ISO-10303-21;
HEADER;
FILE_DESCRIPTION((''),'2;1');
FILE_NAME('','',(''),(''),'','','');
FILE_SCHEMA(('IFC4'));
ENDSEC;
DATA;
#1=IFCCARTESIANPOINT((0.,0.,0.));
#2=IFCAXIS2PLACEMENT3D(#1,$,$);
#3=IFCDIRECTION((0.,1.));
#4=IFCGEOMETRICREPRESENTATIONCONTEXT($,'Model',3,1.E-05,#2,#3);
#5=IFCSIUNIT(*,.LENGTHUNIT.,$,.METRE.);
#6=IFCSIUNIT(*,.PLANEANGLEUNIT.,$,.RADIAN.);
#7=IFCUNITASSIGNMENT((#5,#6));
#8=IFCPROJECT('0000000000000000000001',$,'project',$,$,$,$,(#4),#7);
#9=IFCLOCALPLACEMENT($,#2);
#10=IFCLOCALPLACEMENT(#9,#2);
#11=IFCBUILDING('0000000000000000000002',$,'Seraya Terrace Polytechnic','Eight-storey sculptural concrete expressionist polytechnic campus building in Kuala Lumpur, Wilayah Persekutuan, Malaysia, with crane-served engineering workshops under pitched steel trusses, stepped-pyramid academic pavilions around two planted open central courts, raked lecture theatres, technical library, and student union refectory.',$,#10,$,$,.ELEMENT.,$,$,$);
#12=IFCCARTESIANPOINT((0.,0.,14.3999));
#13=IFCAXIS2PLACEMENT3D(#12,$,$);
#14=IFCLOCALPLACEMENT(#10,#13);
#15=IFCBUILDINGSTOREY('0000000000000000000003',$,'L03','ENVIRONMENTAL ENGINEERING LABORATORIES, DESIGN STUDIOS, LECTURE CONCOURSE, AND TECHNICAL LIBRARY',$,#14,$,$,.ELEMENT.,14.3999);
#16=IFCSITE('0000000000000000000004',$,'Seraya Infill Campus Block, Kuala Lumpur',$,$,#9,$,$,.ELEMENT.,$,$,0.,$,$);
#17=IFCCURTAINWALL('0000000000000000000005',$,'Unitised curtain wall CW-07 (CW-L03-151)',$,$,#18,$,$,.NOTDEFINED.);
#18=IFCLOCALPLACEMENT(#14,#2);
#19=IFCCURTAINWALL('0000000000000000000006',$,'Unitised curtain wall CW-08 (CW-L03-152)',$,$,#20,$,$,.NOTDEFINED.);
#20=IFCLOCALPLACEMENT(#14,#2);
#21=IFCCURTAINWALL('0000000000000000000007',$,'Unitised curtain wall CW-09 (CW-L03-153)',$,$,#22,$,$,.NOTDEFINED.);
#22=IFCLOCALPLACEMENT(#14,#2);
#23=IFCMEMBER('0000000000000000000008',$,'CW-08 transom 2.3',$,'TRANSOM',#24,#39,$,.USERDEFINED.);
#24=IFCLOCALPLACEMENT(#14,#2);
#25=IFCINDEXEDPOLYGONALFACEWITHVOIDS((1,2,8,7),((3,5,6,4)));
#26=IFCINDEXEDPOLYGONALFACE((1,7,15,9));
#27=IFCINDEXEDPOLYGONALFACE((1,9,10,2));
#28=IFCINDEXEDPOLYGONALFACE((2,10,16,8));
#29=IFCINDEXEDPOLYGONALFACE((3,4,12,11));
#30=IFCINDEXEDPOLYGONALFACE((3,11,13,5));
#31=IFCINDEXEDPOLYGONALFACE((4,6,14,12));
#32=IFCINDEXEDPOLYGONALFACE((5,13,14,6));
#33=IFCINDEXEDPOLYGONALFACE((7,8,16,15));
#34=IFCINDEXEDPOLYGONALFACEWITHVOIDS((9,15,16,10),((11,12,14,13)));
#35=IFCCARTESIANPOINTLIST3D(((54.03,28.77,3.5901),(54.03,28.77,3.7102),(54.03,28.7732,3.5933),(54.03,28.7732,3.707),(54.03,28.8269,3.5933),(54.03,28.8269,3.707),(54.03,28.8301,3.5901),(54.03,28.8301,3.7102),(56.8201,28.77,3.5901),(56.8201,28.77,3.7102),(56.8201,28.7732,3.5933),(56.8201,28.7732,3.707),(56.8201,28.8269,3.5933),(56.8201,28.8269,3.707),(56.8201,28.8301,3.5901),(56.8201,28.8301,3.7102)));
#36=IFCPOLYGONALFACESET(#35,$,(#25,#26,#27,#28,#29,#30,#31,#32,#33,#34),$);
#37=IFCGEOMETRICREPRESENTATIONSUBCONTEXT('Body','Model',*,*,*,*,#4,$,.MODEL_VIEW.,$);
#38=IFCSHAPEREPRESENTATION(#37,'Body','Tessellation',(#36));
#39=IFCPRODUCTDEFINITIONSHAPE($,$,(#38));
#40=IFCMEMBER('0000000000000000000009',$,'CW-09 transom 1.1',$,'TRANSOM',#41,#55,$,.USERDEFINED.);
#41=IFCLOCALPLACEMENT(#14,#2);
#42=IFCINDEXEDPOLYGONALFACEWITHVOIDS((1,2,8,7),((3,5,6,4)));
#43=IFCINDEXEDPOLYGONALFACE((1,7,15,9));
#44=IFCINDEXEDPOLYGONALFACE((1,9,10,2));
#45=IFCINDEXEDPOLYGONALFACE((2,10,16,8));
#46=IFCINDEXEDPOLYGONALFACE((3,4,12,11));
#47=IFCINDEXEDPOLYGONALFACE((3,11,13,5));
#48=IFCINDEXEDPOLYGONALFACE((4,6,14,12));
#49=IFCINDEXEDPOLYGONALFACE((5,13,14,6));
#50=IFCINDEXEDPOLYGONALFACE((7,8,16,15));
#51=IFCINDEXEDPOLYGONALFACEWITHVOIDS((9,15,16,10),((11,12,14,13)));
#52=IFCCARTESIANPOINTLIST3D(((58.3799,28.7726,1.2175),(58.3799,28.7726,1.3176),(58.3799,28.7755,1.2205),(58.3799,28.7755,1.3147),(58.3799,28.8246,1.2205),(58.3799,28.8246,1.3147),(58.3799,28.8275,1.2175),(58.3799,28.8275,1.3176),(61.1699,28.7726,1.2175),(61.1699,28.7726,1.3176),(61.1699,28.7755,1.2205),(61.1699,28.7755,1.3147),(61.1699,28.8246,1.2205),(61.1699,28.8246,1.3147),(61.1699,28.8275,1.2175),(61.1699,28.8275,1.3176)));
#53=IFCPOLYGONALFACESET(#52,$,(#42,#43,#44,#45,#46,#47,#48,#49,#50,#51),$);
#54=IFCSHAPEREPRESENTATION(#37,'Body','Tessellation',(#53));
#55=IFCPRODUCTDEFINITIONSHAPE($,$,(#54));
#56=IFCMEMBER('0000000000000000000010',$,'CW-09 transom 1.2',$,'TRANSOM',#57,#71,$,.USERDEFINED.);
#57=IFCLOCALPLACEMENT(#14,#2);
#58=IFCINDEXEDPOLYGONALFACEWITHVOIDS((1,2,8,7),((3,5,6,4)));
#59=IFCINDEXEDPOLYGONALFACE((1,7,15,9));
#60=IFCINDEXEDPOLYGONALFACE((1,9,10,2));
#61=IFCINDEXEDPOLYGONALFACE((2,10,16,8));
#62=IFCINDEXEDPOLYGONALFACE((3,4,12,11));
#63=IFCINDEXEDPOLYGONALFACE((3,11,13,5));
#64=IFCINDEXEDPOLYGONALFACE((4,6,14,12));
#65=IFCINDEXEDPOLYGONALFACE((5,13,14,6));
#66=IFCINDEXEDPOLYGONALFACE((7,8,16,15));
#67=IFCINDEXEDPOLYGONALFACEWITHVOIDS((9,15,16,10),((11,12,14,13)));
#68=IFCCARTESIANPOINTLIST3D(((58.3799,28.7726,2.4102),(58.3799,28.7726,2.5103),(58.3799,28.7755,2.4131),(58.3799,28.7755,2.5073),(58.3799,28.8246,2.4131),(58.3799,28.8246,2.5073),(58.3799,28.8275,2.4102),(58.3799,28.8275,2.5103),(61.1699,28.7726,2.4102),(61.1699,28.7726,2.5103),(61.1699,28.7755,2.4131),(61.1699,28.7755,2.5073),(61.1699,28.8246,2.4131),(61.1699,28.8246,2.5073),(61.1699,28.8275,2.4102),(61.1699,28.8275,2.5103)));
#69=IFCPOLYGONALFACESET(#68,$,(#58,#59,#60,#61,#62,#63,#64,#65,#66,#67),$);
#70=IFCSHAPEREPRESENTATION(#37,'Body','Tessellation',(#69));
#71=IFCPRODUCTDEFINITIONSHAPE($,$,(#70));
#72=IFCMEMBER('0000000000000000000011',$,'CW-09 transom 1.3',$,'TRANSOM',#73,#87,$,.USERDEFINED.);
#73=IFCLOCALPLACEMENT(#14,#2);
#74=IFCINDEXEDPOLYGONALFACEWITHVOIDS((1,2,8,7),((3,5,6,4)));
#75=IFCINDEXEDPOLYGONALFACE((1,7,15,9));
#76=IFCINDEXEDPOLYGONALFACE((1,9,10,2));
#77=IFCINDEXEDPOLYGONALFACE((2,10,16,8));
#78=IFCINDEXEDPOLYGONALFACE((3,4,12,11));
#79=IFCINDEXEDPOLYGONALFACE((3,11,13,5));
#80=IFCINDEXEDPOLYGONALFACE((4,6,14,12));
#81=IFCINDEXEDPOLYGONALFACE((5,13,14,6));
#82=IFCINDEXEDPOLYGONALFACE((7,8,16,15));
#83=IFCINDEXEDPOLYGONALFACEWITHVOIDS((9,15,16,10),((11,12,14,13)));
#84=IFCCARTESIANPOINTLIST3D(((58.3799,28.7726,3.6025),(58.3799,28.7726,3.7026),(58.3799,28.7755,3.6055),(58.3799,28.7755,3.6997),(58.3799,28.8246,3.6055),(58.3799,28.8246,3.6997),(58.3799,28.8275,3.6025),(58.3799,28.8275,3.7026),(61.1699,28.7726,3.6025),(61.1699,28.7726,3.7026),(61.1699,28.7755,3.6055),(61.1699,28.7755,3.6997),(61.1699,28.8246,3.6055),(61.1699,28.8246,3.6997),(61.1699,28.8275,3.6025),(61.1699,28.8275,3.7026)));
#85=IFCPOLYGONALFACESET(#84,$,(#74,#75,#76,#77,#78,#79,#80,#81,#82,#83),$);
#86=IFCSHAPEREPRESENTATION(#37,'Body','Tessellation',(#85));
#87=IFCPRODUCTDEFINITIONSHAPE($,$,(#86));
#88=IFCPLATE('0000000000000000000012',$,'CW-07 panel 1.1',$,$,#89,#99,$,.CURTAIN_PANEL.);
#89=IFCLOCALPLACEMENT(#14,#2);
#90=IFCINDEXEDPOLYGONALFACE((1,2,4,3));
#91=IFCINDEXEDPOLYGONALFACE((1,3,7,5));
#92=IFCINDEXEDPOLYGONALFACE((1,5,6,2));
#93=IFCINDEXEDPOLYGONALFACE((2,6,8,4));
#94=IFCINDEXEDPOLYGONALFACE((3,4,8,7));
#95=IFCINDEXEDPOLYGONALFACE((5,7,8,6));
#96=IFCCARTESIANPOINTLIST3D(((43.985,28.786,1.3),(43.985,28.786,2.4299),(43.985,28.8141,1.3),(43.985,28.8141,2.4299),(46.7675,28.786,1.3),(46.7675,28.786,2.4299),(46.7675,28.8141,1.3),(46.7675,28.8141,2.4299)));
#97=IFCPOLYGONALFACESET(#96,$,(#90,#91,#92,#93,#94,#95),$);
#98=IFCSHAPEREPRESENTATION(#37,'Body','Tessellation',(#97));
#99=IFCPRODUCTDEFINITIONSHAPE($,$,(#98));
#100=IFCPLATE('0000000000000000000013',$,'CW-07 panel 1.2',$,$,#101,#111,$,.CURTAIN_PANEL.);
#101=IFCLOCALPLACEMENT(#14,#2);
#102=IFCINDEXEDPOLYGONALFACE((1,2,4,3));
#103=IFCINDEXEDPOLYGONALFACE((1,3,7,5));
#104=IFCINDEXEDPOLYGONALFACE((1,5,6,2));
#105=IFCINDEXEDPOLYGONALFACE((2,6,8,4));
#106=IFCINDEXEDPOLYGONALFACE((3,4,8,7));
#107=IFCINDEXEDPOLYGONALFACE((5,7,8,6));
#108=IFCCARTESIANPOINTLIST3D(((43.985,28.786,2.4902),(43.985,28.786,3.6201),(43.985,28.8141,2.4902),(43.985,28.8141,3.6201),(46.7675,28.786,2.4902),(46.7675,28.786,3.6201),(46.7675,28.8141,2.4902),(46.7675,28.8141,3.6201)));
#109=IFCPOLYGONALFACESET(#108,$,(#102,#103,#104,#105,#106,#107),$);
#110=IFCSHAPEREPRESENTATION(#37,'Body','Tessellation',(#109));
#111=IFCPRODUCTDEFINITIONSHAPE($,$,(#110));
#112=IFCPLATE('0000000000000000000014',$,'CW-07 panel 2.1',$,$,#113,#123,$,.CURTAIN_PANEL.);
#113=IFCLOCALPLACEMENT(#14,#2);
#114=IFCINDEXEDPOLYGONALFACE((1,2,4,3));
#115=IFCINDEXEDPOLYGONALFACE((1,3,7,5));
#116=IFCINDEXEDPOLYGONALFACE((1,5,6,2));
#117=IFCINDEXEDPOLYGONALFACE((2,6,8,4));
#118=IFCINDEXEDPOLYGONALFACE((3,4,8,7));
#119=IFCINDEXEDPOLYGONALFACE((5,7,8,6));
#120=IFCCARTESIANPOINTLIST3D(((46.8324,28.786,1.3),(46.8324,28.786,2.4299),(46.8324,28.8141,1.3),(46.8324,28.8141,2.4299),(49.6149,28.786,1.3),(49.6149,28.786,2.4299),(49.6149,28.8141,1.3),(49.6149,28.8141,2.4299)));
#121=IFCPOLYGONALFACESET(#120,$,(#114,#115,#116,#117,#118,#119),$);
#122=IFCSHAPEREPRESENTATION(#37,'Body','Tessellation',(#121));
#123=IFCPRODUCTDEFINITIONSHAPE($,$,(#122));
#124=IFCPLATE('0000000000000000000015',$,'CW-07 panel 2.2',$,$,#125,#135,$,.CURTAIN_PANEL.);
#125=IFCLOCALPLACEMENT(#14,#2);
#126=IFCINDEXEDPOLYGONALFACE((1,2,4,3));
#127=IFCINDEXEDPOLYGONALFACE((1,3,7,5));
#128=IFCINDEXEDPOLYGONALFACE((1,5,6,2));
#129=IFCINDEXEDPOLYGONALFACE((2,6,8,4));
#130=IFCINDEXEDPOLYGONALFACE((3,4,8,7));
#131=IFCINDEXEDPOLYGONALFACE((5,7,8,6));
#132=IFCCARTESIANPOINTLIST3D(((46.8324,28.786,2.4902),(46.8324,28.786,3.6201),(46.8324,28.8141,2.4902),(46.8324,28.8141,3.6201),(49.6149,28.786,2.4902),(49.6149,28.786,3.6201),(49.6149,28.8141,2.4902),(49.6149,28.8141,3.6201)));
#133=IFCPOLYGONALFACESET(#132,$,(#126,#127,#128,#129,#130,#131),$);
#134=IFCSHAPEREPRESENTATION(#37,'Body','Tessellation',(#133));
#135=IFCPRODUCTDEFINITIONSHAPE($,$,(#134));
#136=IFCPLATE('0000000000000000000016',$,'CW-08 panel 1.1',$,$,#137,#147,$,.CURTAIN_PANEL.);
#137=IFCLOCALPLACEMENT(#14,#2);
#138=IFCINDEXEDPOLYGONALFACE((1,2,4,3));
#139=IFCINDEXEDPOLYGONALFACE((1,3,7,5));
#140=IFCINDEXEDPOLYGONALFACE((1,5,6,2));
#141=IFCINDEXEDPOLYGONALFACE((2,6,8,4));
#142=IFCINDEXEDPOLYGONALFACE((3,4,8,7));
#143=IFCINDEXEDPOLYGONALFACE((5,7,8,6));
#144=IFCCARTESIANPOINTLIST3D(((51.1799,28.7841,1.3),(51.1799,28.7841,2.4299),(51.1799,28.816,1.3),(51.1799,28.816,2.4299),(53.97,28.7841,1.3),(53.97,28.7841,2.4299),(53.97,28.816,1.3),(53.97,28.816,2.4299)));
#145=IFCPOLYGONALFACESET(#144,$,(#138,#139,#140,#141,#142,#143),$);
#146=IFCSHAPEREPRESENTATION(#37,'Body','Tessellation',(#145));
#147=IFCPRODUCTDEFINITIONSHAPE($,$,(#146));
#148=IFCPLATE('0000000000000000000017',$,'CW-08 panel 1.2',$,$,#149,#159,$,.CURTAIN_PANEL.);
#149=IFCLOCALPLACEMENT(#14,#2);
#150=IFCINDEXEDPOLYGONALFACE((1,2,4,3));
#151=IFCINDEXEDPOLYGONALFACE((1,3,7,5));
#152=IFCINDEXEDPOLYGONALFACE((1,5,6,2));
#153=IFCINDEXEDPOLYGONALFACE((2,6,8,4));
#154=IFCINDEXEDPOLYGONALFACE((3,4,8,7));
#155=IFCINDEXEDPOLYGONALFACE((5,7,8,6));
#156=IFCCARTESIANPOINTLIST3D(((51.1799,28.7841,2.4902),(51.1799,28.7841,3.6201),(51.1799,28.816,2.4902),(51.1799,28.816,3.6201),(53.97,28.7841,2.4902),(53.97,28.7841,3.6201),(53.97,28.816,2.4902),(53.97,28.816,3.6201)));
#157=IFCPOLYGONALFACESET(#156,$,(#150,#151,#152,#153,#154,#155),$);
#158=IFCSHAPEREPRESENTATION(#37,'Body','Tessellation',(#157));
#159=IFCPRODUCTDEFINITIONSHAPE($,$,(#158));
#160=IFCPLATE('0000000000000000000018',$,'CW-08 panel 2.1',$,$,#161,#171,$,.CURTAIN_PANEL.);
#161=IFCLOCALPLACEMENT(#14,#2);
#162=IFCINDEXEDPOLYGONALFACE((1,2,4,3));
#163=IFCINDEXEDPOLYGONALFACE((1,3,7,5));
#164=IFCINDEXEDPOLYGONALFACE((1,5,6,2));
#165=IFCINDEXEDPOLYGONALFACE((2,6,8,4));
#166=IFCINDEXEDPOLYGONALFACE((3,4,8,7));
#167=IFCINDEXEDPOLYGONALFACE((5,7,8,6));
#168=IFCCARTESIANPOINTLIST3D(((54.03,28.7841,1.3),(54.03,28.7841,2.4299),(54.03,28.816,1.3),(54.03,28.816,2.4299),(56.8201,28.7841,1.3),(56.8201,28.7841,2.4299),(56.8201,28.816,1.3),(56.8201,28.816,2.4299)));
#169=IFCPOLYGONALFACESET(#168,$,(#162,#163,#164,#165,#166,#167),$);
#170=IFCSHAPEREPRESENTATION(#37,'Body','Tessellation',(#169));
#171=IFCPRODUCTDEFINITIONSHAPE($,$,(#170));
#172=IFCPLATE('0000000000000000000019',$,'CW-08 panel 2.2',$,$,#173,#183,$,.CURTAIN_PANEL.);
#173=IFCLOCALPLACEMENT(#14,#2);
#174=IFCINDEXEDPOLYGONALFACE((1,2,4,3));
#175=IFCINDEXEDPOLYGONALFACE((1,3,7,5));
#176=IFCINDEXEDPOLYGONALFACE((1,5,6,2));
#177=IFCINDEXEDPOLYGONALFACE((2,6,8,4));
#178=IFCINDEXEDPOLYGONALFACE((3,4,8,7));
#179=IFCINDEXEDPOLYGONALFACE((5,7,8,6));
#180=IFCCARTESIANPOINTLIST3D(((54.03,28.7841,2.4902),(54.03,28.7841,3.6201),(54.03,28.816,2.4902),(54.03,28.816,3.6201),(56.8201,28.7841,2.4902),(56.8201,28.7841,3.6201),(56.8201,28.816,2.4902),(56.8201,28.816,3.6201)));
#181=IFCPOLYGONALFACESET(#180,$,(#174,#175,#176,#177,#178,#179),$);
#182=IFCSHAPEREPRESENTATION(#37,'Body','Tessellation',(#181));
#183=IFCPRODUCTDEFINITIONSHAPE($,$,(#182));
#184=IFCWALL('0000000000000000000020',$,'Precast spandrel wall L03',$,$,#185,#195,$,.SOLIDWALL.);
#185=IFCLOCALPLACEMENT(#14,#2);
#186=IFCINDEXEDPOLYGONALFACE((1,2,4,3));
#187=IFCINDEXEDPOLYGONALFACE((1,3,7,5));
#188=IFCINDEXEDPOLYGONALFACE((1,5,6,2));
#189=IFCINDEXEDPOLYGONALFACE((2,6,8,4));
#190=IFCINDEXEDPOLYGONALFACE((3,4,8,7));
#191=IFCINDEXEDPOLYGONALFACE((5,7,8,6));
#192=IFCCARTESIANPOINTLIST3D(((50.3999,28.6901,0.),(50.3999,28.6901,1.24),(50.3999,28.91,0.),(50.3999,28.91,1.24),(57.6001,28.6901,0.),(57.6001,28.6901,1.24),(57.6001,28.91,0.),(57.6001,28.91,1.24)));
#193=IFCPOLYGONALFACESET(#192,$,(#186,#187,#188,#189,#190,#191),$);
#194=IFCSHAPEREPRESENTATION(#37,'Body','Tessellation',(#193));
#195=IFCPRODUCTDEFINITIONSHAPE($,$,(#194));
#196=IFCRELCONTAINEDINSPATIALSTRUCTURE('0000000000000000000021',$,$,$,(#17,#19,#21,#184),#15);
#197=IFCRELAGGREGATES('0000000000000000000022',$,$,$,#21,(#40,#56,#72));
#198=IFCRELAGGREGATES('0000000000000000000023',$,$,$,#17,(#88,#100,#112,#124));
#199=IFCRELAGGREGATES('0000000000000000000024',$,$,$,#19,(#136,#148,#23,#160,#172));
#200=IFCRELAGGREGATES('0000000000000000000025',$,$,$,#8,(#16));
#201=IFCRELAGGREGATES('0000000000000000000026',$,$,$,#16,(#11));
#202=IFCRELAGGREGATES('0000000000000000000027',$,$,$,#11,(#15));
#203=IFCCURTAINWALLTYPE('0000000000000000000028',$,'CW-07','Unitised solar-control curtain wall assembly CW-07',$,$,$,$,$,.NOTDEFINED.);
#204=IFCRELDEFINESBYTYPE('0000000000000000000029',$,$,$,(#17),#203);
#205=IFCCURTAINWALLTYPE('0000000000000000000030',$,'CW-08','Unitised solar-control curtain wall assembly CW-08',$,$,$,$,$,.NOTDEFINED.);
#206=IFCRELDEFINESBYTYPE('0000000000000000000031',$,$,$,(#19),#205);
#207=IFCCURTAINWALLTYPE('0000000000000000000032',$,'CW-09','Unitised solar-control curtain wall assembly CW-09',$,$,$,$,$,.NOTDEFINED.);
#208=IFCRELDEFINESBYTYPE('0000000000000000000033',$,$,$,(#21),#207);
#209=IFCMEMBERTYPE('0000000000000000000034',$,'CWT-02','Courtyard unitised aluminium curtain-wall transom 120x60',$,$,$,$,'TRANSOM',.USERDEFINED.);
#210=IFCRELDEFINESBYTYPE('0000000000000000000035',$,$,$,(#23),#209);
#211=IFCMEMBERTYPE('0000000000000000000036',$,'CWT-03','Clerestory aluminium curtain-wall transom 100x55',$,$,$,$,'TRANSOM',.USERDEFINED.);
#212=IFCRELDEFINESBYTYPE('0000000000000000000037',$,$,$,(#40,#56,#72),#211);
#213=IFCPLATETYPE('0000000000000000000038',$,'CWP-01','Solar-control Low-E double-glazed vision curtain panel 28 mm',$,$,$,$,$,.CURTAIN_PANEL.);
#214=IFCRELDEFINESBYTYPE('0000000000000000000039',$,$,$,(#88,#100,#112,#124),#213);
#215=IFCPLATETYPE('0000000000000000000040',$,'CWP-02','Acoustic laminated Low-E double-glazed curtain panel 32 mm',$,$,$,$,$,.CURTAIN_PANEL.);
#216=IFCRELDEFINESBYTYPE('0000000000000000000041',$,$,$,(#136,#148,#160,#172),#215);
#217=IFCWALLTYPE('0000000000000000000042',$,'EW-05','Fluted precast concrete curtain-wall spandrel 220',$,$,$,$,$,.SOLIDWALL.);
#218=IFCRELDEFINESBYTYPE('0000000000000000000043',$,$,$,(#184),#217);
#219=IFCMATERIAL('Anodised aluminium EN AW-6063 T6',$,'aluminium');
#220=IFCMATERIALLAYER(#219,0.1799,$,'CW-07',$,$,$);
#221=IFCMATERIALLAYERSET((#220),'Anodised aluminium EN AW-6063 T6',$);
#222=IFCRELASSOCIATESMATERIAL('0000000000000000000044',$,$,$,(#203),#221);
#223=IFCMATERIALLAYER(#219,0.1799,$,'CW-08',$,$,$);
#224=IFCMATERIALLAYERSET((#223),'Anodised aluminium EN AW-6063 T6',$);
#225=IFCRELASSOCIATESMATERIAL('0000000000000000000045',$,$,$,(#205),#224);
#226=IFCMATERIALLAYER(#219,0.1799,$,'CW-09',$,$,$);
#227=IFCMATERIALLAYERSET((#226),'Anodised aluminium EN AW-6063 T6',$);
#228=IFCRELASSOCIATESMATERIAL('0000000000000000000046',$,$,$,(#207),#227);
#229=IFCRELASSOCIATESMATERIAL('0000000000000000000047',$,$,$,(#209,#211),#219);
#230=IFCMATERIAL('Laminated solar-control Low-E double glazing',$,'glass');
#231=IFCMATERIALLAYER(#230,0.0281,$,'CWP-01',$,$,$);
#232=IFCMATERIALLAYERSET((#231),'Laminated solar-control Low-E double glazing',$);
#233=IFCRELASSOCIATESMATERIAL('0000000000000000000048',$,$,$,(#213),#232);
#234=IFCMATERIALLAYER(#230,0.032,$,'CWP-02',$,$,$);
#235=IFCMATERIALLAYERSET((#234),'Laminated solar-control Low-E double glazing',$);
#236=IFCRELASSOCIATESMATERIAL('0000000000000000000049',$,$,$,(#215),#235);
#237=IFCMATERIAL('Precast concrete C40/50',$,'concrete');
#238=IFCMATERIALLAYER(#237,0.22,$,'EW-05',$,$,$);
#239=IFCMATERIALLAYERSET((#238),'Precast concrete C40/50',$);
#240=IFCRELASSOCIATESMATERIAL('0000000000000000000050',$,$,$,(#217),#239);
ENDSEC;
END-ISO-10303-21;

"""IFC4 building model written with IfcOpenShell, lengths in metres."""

from ifc_helpers import new_model, si_unit, direction, frame, frame_2d, origin, origin_2d, place, context, subcontext, project, spatial, rectangle, hollow_rectangle, extrude, material, layer, layer_set, material_profile, profile_set, type_object, element, aggregate, save


model = new_model("IFC4")

# Units and contexts
model_context = context("Model", 3, precision=1e-05, world=origin(), true_north=direction((0.0, 1.0)))
body_context = subcontext(model_context, "Body", "Model", "MODEL_VIEW")
ifc_project = project(units=[si_unit("LENGTHUNIT", "METRE"), si_unit("PLANEANGLEUNIT", "RADIAN")], contexts=[model_context])

# Site, building, storey
site_placement = place(None, origin())
site = spatial("IfcSite", under=ifc_project, at=site_placement, Name="Seraya Infill Campus Block, Kuala Lumpur", CompositionType="ELEMENT", RefElevation=0.0)
building_placement = place(site_placement, origin())
building = spatial("IfcBuilding", under=site, at=building_placement, Name="Seraya Terrace Polytechnic", Description="Eight-storey sculptural concrete expressionist polytechnic campus building in Kuala Lumpur, Wilayah Persekutuan, Malaysia, with crane-served engineering workshops under pitched steel trusses, stepped-pyramid academic pavilions around two planted open central courts, raked lecture theatres, technical library, and student union refectory.", CompositionType="ELEMENT")
storey_placement = place(building_placement, frame((0.0, 0.0, 14.3999)))
storey = spatial("IfcBuildingStorey", under=building, at=storey_placement, Name="L03", Description="ENVIRONMENTAL ENGINEERING LABORATORIES, DESIGN STUDIOS, LECTURE CONCOURSE, AND TECHNICAL LIBRARY", CompositionType="ELEMENT", Elevation=14.3999)

# Curtain walls
ifc_material_1 = material(Name="Anodised aluminium EN AW-6063 T6", Category="aluminium")
ifc_layer_1 = layer(ifc_material_1, 0.1799, Name="CW-07")
ifc_layer_set_1 = layer_set([ifc_layer_1], Name="Anodised aluminium EN AW-6063 T6")
curtain_wall_type_1 = type_object("IfcCurtainWallType", Name="CW-07", Description="Unitised solar-control curtain wall assembly CW-07", PredefinedType="NOTDEFINED", material=ifc_layer_set_1)
curtain_wall_1_placement = place(storey_placement, origin())
curtain_wall_1 = element("IfcCurtainWall", 1, at=curtain_wall_1_placement, inside=storey, type_object=curtain_wall_type_1, Name="Unitised curtain wall CW-07 (CW-L03-151)", PredefinedType="NOTDEFINED")
ifc_layer_2 = layer(ifc_material_1, 0.1799, Name="CW-08")
ifc_layer_set_2 = layer_set([ifc_layer_2], Name="Anodised aluminium EN AW-6063 T6")
curtain_wall_type_2 = type_object("IfcCurtainWallType", Name="CW-08", Description="Unitised solar-control curtain wall assembly CW-08", PredefinedType="NOTDEFINED", material=ifc_layer_set_2)
curtain_wall_2_placement = place(storey_placement, origin())
curtain_wall_2 = element("IfcCurtainWall", 2, at=curtain_wall_2_placement, inside=storey, type_object=curtain_wall_type_2, Name="Unitised curtain wall CW-08 (CW-L03-152)", PredefinedType="NOTDEFINED")

# Curtain wall
ifc_layer_3 = layer(ifc_material_1, 0.1799, Name="CW-09")
ifc_layer_set_3 = layer_set([ifc_layer_3], Name="Anodised aluminium EN AW-6063 T6")
curtain_wall_type_3 = type_object("IfcCurtainWallType", Name="CW-09", Description="Unitised solar-control curtain wall assembly CW-09", PredefinedType="NOTDEFINED", material=ifc_layer_set_3)
curtain_wall_3_placement = place(storey_placement, origin())
curtain_wall_3 = element("IfcCurtainWall", 3, at=curtain_wall_3_placement, inside=storey, type_object=curtain_wall_type_3, Name="Unitised curtain wall CW-09 (CW-L03-153)", PredefinedType="NOTDEFINED")

# Members
ifc_material_profile_1 = material_profile(ifc_material_1, hollow_rectangle(XDim=0.0601, YDim=0.1201, WallThickness=0.0032, at=origin_2d()), Name="RHS 120x60x3.2")
ifc_profile_set_1 = profile_set([ifc_material_profile_1], Name="Anodised aluminium EN AW-6063 T6")
member_type_1 = type_object("IfcMemberType", Name="CWT-02", Description="Courtyard unitised aluminium curtain-wall transom 120x60", ElementType="TRANSOM", PredefinedType="USERDEFINED", material=ifc_profile_set_1)
member_1_placement = place(storey_placement, frame((54.03, 28.8, 3.6501), z_axis=(1.0, 0.0, 0.0), x_axis=(0.0, 1.0, 0.0)))
member_1 = element("IfcMember", 4, at=member_1_placement, type_object=member_type_1, Name="CW-08 transom 2.3", ObjectType="TRANSOM", PredefinedType="USERDEFINED", context=body_context, shape_type="SweptSolid", body=[
    extrude(hollow_rectangle(XDim=0.0601, YDim=0.1201, WallThickness=0.0032, at=origin_2d()), origin(), (0.0, 0.0, 1.0), 2.79),
])
ifc_material_profile_2 = material_profile(ifc_material_1, hollow_rectangle(XDim=0.0549, YDim=0.1001, WallThickness=0.0029, at=origin_2d()), Name="RHS 100x55x3.0")
ifc_profile_set_2 = profile_set([ifc_material_profile_2], Name="Anodised aluminium EN AW-6063 T6")
member_type_2 = type_object("IfcMemberType", Name="CWT-03", Description="Clerestory aluminium curtain-wall transom 100x55", ElementType="TRANSOM", PredefinedType="USERDEFINED", material=ifc_profile_set_2)
member_2_placement = place(storey_placement, frame((58.3799, 28.8, 1.2676), z_axis=(1.0, 0.0, 0.0), x_axis=(0.0, 1.0, 0.0)))
member_2 = element("IfcMember", 5, at=member_2_placement, type_object=member_type_2, Name="CW-09 transom 1.1", ObjectType="TRANSOM", PredefinedType="USERDEFINED", context=body_context, shape_type="SweptSolid", body=[
    extrude(hollow_rectangle(XDim=0.0549, YDim=0.1001, WallThickness=0.0029, at=origin_2d()), origin(), (0.0, 0.0, 1.0), 2.79),
])
member_3_placement = place(storey_placement, frame((58.3799, 28.8, 2.4602), z_axis=(1.0, 0.0, 0.0), x_axis=(0.0, 1.0, 0.0)))
member_3 = element("IfcMember", 6, at=member_3_placement, type_object=member_type_2, Name="CW-09 transom 1.2", ObjectType="TRANSOM", PredefinedType="USERDEFINED", context=body_context, shape_type="SweptSolid", body=[
    extrude(hollow_rectangle(XDim=0.0549, YDim=0.1001, WallThickness=0.0029, at=origin_2d()), origin(), (0.0, 0.0, 1.0), 2.79),
])
member_4_placement = place(storey_placement, frame((58.3799, 28.8, 3.6526), z_axis=(1.0, 0.0, 0.0), x_axis=(0.0, 1.0, 0.0)))
member_4 = element("IfcMember", 7, at=member_4_placement, type_object=member_type_2, Name="CW-09 transom 1.3", ObjectType="TRANSOM", PredefinedType="USERDEFINED", context=body_context, shape_type="SweptSolid", body=[
    extrude(hollow_rectangle(XDim=0.0549, YDim=0.1001, WallThickness=0.0029, at=origin_2d()), origin(), (0.0, 0.0, 1.0), 2.79),
])
aggregate(curtain_wall_3, [member_2, member_3, member_4])

# Plates
ifc_material_2 = material(Name="Laminated solar-control Low-E double glazing", Category="glass")
ifc_layer_4 = layer(ifc_material_2, 0.0281, Name="CWP-01")
ifc_layer_set_4 = layer_set([ifc_layer_4], Name="Laminated solar-control Low-E double glazing")
plate_type_1 = type_object("IfcPlateType", Name="CWP-01", Description="Solar-control Low-E double-glazed vision curtain panel 28 mm", PredefinedType="CURTAIN_PANEL", material=ifc_layer_set_4)
plate_1_placement = place(storey_placement, frame((45.3762, 28.8, 1.3), z_axis=(0.0, 0.0, 1.0), x_axis=(1.0, 0.0, 0.0)))
plate_1 = element("IfcPlate", 8, at=plate_1_placement, type_object=plate_type_1, Name="CW-07 panel 1.1", PredefinedType="CURTAIN_PANEL", context=body_context, shape_type="SweptSolid", body=[
    extrude(rectangle(XDim=2.7825, YDim=0.0281, at=origin_2d()), origin(), (0.0, 0.0, 1.0), 1.1299),
])
plate_2_placement = place(storey_placement, frame((45.3762, 28.8, 2.4902), z_axis=(0.0, 0.0, 1.0), x_axis=(1.0, 0.0, 0.0)))
plate_2 = element("IfcPlate", 9, at=plate_2_placement, type_object=plate_type_1, Name="CW-07 panel 1.2", PredefinedType="CURTAIN_PANEL", context=body_context, shape_type="SweptSolid", body=[
    extrude(rectangle(XDim=2.7825, YDim=0.0281, at=origin_2d()), origin(), (0.0, 0.0, 1.0), 1.1299),
])
plate_3_placement = place(storey_placement, frame((48.2236, 28.8, 1.3), z_axis=(0.0, 0.0, 1.0), x_axis=(1.0, 0.0, 0.0)))
plate_3 = element("IfcPlate", 10, at=plate_3_placement, type_object=plate_type_1, Name="CW-07 panel 2.1", PredefinedType="CURTAIN_PANEL", context=body_context, shape_type="SweptSolid", body=[
    extrude(rectangle(XDim=2.7825, YDim=0.0281, at=origin_2d()), origin(), (0.0, 0.0, 1.0), 1.1299),
])
plate_4_placement = place(storey_placement, frame((48.2236, 28.8, 2.4902), z_axis=(0.0, 0.0, 1.0), x_axis=(1.0, 0.0, 0.0)))
plate_4 = element("IfcPlate", 11, at=plate_4_placement, type_object=plate_type_1, Name="CW-07 panel 2.2", PredefinedType="CURTAIN_PANEL", context=body_context, shape_type="SweptSolid", body=[
    extrude(rectangle(XDim=2.7825, YDim=0.0281, at=origin_2d()), origin(), (0.0, 0.0, 1.0), 1.1299),
])
aggregate(curtain_wall_1, [plate_1, plate_2, plate_3, plate_4])
ifc_layer_5 = layer(ifc_material_2, 0.032, Name="CWP-02")
ifc_layer_set_5 = layer_set([ifc_layer_5], Name="Laminated solar-control Low-E double glazing")
plate_type_2 = type_object("IfcPlateType", Name="CWP-02", Description="Acoustic laminated Low-E double-glazed curtain panel 32 mm", PredefinedType="CURTAIN_PANEL", material=ifc_layer_set_5)
plate_5_placement = place(storey_placement, frame((52.575, 28.8, 1.3), z_axis=(0.0, 0.0, 1.0), x_axis=(1.0, 0.0, 0.0)))
plate_5 = element("IfcPlate", 12, at=plate_5_placement, type_object=plate_type_2, Name="CW-08 panel 1.1", PredefinedType="CURTAIN_PANEL", context=body_context, shape_type="SweptSolid", body=[
    extrude(rectangle(XDim=2.79, YDim=0.032, at=origin_2d()), origin(), (0.0, 0.0, 1.0), 1.1299),
])
plate_6_placement = place(storey_placement, frame((52.575, 28.8, 2.4902), z_axis=(0.0, 0.0, 1.0), x_axis=(1.0, 0.0, 0.0)))
plate_6 = element("IfcPlate", 13, at=plate_6_placement, type_object=plate_type_2, Name="CW-08 panel 1.2", PredefinedType="CURTAIN_PANEL", context=body_context, shape_type="SweptSolid", body=[
    extrude(rectangle(XDim=2.79, YDim=0.032, at=origin_2d()), origin(), (0.0, 0.0, 1.0), 1.1299),
])
plate_7_placement = place(storey_placement, frame((55.425, 28.8, 1.3), z_axis=(0.0, 0.0, 1.0), x_axis=(1.0, 0.0, 0.0)))
plate_7 = element("IfcPlate", 14, at=plate_7_placement, type_object=plate_type_2, Name="CW-08 panel 2.1", PredefinedType="CURTAIN_PANEL", context=body_context, shape_type="SweptSolid", body=[
    extrude(rectangle(XDim=2.79, YDim=0.032, at=origin_2d()), origin(), (0.0, 0.0, 1.0), 1.1299),
])
plate_8_placement = place(storey_placement, frame((55.425, 28.8, 2.4902), z_axis=(0.0, 0.0, 1.0), x_axis=(1.0, 0.0, 0.0)))
plate_8 = element("IfcPlate", 15, at=plate_8_placement, type_object=plate_type_2, Name="CW-08 panel 2.2", PredefinedType="CURTAIN_PANEL", context=body_context, shape_type="SweptSolid", body=[
    extrude(rectangle(XDim=2.79, YDim=0.032, at=origin_2d()), origin(), (0.0, 0.0, 1.0), 1.1299),
])
aggregate(curtain_wall_2, [plate_5, plate_6, member_1, plate_7, plate_8])

# Wall
ifc_material_3 = material(Name="Precast concrete C40/50", Category="concrete")
ifc_layer_6 = layer(ifc_material_3, 0.22, Name="EW-05")
ifc_layer_set_6 = layer_set([ifc_layer_6], Name="Precast concrete C40/50")
wall_type = type_object("IfcWallType", Name="EW-05", Description="Fluted precast concrete curtain-wall spandrel 220", PredefinedType="SOLIDWALL", material=ifc_layer_set_6)
wall_1_placement = place(storey_placement, frame((50.3999, 28.8, 0.0), z_axis=(0.0, 0.0, 1.0), x_axis=(1.0, 0.0, 0.0)))
element("IfcWall", 16, at=wall_1_placement, inside=storey, type_object=wall_type, Name="Precast spandrel wall L03", PredefinedType="SOLIDWALL", context=body_context, shape_type="SweptSolid", body=[
    extrude(rectangle(XDim=7.2002, YDim=0.22, at=frame_2d((3.6001, 0.0))), origin(), (0.0, 0.0, 1.0), 1.24),
])

save(model, "model.ifc")
